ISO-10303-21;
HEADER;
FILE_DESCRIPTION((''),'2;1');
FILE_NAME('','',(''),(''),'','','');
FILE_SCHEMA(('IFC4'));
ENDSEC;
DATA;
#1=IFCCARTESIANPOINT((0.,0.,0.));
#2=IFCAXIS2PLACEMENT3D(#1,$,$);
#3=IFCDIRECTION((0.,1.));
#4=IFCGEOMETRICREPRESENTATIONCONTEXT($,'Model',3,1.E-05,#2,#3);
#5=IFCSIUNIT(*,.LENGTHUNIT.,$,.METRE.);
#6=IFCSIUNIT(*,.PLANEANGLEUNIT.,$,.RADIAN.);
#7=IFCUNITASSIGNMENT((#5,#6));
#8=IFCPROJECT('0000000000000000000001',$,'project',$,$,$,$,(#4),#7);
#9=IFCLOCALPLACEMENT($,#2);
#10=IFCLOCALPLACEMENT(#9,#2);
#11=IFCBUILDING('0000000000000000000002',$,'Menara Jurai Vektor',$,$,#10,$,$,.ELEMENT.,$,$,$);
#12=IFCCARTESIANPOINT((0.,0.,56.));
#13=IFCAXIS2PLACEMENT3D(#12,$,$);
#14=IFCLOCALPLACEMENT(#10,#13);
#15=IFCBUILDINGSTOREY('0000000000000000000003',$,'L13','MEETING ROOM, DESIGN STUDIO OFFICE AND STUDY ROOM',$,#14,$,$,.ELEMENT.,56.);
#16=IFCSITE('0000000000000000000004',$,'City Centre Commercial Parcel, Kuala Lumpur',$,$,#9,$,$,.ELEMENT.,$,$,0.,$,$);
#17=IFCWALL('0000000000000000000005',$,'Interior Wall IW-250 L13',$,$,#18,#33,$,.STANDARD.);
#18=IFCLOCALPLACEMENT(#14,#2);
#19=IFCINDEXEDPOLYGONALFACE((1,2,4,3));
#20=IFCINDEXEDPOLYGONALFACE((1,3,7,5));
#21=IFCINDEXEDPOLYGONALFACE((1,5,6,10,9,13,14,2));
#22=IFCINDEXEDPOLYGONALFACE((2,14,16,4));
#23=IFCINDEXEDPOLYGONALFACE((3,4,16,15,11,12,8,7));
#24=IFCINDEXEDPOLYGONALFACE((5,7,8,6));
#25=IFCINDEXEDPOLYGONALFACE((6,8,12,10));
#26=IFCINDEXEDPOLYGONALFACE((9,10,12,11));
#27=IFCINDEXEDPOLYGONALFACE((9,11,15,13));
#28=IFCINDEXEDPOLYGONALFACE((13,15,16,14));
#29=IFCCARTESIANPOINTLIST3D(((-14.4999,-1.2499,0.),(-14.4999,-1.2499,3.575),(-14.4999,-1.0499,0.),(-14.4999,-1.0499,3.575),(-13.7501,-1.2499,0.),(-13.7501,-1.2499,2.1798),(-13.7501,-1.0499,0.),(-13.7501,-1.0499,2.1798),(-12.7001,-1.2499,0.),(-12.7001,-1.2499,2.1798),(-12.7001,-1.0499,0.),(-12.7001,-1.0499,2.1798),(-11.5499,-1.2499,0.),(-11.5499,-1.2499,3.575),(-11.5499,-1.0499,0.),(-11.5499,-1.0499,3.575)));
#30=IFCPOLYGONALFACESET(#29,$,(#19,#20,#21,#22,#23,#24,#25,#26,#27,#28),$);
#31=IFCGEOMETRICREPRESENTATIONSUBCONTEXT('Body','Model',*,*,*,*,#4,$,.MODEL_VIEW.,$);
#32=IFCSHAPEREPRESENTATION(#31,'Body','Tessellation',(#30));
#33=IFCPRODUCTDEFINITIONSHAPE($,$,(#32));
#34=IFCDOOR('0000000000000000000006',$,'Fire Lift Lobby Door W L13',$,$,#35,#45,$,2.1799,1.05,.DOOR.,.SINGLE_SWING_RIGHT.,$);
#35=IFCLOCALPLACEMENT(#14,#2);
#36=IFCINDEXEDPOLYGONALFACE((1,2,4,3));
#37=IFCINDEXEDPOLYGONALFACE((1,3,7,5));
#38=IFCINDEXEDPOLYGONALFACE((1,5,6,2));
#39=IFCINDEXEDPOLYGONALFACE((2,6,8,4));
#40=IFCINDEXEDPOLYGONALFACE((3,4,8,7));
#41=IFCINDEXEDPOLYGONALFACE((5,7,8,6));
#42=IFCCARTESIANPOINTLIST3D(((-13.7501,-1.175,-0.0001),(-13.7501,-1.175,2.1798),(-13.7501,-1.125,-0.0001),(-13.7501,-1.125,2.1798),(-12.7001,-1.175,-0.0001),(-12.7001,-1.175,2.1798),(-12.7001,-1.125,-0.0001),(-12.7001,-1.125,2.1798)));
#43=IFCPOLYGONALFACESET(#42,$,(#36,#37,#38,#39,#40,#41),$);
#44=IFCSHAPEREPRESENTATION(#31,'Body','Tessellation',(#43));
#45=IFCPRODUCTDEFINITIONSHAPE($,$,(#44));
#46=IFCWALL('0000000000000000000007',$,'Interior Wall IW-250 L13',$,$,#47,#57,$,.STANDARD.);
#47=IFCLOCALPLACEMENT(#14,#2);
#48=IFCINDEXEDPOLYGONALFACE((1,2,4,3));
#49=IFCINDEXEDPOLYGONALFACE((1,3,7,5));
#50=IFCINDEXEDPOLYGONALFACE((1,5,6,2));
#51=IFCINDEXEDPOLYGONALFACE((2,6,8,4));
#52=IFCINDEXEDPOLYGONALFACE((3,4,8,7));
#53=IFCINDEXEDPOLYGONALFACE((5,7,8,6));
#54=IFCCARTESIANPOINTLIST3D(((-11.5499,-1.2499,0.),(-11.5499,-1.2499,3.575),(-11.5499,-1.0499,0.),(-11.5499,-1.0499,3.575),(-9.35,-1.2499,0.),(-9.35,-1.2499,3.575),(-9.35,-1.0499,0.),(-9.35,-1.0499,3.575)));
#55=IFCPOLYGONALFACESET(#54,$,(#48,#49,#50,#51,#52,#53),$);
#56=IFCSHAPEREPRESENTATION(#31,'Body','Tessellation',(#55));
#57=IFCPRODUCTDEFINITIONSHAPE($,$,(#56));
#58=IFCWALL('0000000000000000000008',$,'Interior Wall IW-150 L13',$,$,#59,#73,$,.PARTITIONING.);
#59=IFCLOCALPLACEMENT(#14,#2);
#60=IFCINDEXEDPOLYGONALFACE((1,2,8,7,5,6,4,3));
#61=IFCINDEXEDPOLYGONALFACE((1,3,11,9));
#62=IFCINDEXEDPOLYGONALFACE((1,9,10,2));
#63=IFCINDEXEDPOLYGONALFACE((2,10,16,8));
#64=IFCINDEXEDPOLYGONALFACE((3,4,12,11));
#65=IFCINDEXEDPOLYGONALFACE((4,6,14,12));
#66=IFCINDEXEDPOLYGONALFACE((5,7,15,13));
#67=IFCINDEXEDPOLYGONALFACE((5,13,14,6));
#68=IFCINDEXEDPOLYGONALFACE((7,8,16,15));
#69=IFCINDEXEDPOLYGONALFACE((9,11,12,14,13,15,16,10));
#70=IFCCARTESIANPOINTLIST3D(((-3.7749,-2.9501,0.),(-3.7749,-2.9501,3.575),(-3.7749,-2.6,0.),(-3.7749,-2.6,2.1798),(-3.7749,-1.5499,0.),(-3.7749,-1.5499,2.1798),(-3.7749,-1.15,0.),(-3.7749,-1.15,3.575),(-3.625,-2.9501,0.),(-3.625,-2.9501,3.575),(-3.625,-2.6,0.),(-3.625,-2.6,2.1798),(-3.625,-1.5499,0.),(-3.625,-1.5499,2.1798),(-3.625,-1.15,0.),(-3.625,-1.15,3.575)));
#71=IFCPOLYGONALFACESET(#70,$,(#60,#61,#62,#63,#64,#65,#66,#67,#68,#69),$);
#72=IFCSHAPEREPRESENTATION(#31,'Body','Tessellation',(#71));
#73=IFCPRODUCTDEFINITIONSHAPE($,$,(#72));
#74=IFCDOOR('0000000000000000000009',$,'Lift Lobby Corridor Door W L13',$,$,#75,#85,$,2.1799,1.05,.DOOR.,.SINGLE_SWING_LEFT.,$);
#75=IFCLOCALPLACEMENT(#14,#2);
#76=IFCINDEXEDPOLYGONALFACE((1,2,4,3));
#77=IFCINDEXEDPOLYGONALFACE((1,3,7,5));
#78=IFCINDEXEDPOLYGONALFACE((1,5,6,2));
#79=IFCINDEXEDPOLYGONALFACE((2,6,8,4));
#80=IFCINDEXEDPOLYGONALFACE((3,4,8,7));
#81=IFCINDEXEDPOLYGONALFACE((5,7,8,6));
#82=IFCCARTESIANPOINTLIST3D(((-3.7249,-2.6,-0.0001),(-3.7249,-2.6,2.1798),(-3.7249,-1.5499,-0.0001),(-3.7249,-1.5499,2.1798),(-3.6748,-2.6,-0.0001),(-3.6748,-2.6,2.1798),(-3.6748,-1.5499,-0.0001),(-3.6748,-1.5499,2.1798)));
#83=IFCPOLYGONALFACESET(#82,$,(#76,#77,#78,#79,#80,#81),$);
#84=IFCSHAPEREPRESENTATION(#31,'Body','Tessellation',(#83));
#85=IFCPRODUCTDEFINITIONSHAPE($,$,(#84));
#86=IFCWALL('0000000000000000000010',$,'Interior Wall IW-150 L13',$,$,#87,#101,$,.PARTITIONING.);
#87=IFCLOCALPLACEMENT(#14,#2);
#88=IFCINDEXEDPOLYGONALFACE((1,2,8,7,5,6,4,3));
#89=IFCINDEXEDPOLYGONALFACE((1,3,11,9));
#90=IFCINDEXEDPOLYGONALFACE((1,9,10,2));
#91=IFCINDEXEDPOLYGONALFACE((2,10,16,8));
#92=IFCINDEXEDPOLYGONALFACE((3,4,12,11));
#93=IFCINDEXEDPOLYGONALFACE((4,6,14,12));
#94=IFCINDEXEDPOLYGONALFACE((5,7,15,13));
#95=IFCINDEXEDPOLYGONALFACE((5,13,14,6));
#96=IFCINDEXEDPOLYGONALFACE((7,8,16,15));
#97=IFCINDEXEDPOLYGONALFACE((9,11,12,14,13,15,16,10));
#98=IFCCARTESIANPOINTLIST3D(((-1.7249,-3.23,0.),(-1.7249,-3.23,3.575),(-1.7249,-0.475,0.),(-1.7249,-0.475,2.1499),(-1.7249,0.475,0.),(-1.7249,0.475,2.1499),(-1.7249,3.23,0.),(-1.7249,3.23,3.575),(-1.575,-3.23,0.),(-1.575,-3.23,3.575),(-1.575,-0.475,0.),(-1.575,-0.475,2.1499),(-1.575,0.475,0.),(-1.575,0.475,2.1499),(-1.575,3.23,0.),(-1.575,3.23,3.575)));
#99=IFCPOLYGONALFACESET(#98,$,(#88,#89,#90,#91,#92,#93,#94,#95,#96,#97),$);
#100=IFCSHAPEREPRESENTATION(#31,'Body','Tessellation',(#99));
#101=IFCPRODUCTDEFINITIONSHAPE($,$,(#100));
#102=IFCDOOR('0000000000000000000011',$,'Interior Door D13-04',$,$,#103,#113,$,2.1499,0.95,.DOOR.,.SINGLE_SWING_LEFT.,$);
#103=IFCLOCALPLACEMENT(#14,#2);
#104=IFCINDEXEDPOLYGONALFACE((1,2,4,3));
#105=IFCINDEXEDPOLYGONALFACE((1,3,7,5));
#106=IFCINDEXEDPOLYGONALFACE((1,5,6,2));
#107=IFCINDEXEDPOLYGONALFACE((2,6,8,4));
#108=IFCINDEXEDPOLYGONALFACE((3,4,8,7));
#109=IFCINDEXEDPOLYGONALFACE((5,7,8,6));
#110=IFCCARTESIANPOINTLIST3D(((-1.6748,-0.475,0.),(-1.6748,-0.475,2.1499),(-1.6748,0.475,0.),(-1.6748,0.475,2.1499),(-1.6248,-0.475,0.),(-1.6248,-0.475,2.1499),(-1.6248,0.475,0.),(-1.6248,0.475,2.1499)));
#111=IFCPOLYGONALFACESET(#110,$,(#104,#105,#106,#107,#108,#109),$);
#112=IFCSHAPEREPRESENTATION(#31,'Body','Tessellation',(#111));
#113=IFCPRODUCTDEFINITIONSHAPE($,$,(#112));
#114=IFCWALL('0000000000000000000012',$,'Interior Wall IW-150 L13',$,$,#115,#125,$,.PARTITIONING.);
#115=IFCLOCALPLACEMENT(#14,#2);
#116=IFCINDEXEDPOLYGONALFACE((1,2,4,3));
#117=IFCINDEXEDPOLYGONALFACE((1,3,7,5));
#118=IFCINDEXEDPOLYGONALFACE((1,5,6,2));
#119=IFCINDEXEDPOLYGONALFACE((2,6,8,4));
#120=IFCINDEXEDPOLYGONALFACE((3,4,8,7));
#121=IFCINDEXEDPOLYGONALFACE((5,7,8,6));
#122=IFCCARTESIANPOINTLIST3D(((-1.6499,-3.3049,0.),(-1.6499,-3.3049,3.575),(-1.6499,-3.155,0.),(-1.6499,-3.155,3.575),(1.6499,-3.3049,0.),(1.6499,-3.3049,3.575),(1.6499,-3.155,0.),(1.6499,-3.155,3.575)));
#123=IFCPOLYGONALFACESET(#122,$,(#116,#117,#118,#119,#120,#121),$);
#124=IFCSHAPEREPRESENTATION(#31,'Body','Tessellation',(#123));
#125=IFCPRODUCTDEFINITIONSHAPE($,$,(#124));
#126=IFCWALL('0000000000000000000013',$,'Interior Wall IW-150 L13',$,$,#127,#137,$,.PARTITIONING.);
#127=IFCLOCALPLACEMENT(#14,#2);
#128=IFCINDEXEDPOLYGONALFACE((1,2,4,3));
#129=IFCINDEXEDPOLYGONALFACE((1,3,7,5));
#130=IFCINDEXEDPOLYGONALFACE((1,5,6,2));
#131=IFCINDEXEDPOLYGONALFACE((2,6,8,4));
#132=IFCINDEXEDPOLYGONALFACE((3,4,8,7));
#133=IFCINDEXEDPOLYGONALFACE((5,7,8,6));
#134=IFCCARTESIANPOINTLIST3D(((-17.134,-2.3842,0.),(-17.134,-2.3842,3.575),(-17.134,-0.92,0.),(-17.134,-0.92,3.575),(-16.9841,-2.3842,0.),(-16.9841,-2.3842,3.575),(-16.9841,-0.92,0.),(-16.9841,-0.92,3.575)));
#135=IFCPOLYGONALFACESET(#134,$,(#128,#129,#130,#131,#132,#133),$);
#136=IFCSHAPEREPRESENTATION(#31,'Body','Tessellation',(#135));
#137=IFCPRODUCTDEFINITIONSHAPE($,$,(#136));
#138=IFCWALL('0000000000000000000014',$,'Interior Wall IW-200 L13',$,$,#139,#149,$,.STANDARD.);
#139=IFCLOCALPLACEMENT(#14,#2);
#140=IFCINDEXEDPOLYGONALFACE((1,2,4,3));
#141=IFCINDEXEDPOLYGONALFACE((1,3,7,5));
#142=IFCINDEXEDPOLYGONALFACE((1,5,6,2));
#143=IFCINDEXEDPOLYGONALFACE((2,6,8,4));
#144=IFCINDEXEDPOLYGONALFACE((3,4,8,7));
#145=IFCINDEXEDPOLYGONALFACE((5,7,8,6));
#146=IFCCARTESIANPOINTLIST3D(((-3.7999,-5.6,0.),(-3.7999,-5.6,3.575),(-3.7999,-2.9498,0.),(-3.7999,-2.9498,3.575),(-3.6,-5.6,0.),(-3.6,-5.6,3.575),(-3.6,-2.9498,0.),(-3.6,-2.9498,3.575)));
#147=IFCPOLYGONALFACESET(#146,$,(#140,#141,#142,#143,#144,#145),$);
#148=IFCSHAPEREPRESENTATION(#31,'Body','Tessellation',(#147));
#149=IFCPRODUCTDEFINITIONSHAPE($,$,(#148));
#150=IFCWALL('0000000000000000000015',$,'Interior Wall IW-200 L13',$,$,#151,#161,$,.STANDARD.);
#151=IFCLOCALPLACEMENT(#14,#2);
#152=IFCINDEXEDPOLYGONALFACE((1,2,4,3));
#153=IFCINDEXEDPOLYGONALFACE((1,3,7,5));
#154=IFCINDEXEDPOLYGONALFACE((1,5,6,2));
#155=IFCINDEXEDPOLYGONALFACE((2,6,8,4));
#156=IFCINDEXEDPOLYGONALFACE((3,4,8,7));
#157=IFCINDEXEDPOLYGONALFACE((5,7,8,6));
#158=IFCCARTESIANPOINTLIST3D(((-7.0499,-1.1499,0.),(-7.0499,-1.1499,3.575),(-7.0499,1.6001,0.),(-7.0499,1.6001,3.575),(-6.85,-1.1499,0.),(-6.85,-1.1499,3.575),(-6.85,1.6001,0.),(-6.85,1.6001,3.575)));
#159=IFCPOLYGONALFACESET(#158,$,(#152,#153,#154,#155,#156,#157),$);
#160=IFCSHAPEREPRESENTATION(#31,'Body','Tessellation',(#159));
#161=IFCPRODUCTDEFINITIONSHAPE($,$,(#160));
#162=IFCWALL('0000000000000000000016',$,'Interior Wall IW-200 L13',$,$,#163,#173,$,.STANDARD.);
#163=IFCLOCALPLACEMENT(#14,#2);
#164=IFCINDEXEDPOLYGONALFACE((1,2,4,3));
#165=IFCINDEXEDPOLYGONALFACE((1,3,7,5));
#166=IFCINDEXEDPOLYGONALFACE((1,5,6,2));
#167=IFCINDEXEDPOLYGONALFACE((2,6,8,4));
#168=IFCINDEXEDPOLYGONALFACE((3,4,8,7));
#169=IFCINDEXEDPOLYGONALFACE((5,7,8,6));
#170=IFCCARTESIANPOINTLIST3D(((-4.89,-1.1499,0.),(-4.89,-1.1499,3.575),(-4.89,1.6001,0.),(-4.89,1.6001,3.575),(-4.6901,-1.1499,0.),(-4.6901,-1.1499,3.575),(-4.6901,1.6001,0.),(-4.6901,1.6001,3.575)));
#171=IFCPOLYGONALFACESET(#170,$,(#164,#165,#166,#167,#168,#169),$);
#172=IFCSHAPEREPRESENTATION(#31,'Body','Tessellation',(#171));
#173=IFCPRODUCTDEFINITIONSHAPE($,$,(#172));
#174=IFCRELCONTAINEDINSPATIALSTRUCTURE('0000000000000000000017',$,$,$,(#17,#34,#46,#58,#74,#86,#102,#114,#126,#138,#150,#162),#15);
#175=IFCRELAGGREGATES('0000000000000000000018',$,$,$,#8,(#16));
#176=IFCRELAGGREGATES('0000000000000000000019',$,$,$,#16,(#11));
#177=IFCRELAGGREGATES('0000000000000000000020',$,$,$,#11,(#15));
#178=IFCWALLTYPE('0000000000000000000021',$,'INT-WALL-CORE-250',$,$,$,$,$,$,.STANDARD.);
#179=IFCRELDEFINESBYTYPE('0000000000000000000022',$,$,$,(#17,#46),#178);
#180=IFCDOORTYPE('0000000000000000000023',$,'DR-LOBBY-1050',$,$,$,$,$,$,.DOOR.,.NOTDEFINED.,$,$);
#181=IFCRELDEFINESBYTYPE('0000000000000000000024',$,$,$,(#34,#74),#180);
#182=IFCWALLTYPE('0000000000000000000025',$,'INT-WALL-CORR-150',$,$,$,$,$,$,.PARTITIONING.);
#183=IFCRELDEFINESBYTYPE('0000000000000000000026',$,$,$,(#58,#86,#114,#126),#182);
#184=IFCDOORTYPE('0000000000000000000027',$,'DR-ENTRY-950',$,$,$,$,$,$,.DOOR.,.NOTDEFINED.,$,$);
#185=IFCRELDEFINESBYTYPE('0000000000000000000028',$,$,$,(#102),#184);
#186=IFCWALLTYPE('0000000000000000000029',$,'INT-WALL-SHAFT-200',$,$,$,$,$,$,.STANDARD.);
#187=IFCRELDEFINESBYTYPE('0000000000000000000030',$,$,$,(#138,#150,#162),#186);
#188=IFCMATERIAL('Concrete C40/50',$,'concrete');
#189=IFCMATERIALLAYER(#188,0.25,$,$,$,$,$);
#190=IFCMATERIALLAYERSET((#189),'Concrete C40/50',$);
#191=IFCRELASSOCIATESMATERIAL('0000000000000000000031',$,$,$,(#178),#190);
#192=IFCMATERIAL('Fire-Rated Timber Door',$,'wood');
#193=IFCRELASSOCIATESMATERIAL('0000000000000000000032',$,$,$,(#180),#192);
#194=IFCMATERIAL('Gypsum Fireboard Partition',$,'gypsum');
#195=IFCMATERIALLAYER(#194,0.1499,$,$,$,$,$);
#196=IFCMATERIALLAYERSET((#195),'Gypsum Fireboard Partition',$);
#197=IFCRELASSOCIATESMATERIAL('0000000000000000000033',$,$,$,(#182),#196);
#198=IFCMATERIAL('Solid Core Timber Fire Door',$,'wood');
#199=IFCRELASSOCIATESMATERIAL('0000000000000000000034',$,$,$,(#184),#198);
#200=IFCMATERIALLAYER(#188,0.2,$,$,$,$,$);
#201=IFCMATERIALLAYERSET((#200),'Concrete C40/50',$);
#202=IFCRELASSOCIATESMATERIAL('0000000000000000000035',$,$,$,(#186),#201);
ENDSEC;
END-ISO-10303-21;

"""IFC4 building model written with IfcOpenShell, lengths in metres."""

from ifc_helpers import new_model, si_unit, direction, frame, frame_2d, origin, place, context, subcontext, project, spatial, rectangle, extrude, material, layer, layer_set, type_object, element, fill, save


model = new_model("IFC4")

# Units and contexts
model_context = context("Model", 3, precision=1e-05, world=origin(), true_north=direction((0.0, 1.0)))
body_context = subcontext(model_context, "Body", "Model", "MODEL_VIEW")
ifc_project = project(units=[si_unit("LENGTHUNIT", "METRE"), si_unit("PLANEANGLEUNIT", "RADIAN")], contexts=[model_context])

# Site, building, storey
site_placement = place(None, origin())
site = spatial("IfcSite", under=ifc_project, at=site_placement, Name="City Centre Commercial Parcel, Kuala Lumpur", CompositionType="ELEMENT", RefElevation=0.0)
building_placement = place(site_placement, origin())
building = spatial("IfcBuilding", under=site, at=building_placement, Name="Menara Jurai Vektor", CompositionType="ELEMENT")
storey_placement = place(building_placement, frame((0.0, 0.0, 56.0)))
storey = spatial("IfcBuildingStorey", under=building, at=storey_placement, Name="L13", Description="MEETING ROOM, DESIGN STUDIO OFFICE AND STUDY ROOM", CompositionType="ELEMENT", Elevation=56.0)

# Shared definitions
ifc_material_1 = material(Name="Concrete C40/50", Category="concrete")
ifc_layer_1 = layer(ifc_material_1, 0.25)
ifc_layer_set_1 = layer_set([ifc_layer_1], Name="Concrete C40/50")
wall_type_1 = type_object("IfcWallType", Name="INT-WALL-CORE-250", PredefinedType="STANDARD", material=ifc_layer_set_1)

# Wall, opening, door
wall_1_placement = place(storey_placement, frame((-14.5, -1.1499, 0.0), z_axis=(0.0, 0.0, 1.0), x_axis=(1.0, 0.0, 0.0)))
wall_1 = element("IfcWall", 1, at=wall_1_placement, inside=storey, type_object=wall_type_1, Name="Interior Wall IW-250 L13", PredefinedType="STANDARD", context=body_context, shape_type="SweptSolid", body=[
    extrude(rectangle(XDim=2.95, YDim=0.2, at=frame_2d((1.4751, 0.0))), origin(), (0.0, 0.0, 1.0), 3.575),
])
opening_1_placement = place(wall_1_placement, frame((0.75, 0.0, 0.0)))
opening_1 = element("IfcOpeningElement", 2, at=opening_1_placement, cuts=wall_1, PredefinedType="OPENING", context=body_context, shape_type="SweptSolid", body=[
    extrude(rectangle(XDim=1.05, YDim=2.1799, at=frame_2d((0.5249, 1.0898))), frame((0.0, 0.1099, 0.0), z_axis=(0.0, -1.0, 0.0), x_axis=(1.0, 0.0, 0.0)), (0.0, 0.0, 1.0), 0.22),
])
ifc_material_2 = material(Name="Fire-Rated Timber Door", Category="wood")
door_type_1 = type_object("IfcDoorType", Name="DR-LOBBY-1050", OperationType="NOTDEFINED", PredefinedType="DOOR", material=ifc_material_2)
door_1_placement = place(opening_1_placement, origin())
door_1 = element("IfcDoor", 3, at=door_1_placement, inside=storey, type_object=door_type_1, Name="Fire Lift Lobby Door W L13", OperationType="SINGLE_SWING_RIGHT", OverallHeight=2.1799, OverallWidth=1.05, PredefinedType="DOOR", context=body_context, shape_type="SweptSolid", body=[
    extrude(rectangle(XDim=1.05, YDim=2.1799, at=frame_2d((0.5249, 1.0898))), frame((0.0, 0.0249, 0.0), z_axis=(0.0, -1.0, 0.0), x_axis=(1.0, 0.0, 0.0)), (0.0, 0.0, 1.0), 0.05),
])
fill(opening_1, door_1)

# Wall
wall_2_placement = place(storey_placement, frame((-11.55, -1.1499, 0.0), z_axis=(0.0, 0.0, 1.0), x_axis=(1.0, 0.0, 0.0)))
element("IfcWall", 4, at=wall_2_placement, inside=storey, type_object=wall_type_1, Name="Interior Wall IW-250 L13", PredefinedType="STANDARD", context=body_context, shape_type="SweptSolid", body=[
    extrude(rectangle(XDim=2.2, YDim=0.2, at=frame_2d((1.1001, 0.0))), origin(), (0.0, 0.0, 1.0), 3.575),
])

# Walls, openings, doors
ifc_material_3 = material(Name="Gypsum Fireboard Partition", Category="gypsum")
ifc_layer_2 = layer(ifc_material_3, 0.1499)
ifc_layer_set_2 = layer_set([ifc_layer_2], Name="Gypsum Fireboard Partition")
wall_type_2 = type_object("IfcWallType", Name="INT-WALL-CORR-150", PredefinedType="PARTITIONING", material=ifc_layer_set_2)
wall_3_placement = place(storey_placement, frame((-3.7, -2.95, 0.0), z_axis=(0.0, 0.0, 1.0), x_axis=(0.0, 1.0, 0.0)))
wall_3 = element("IfcWall", 5, at=wall_3_placement, inside=storey, type_object=wall_type_2, Name="Interior Wall IW-150 L13", PredefinedType="PARTITIONING", context=body_context, shape_type="SweptSolid", body=[
    extrude(rectangle(XDim=1.8, YDim=0.1499, at=frame_2d((0.8999, 0.0))), origin(), (0.0, 0.0, 1.0), 3.575),
])
opening_2_placement = place(wall_3_placement, frame((0.3501, 0.0, 0.0)))
opening_2 = element("IfcOpeningElement", 6, at=opening_2_placement, cuts=wall_3, PredefinedType="OPENING", context=body_context, shape_type="SweptSolid", body=[
    extrude(rectangle(XDim=1.05, YDim=2.1799, at=frame_2d((0.5249, 1.0898))), frame((0.0, 0.085, 0.0), z_axis=(0.0, -1.0, 0.0), x_axis=(1.0, 0.0, 0.0)), (0.0, 0.0, 1.0), 0.1699),
])
door_2_placement = place(opening_2_placement, origin())
door_2 = element("IfcDoor", 7, at=door_2_placement, inside=storey, type_object=door_type_1, Name="Lift Lobby Corridor Door W L13", OperationType="SINGLE_SWING_LEFT", OverallHeight=2.1799, OverallWidth=1.05, PredefinedType="DOOR", context=body_context, shape_type="SweptSolid", body=[
    extrude(rectangle(XDim=1.05, YDim=2.1799, at=frame_2d((0.5249, 1.0898))), frame((0.0, 0.0249, 0.0), z_axis=(0.0, -1.0, 0.0), x_axis=(1.0, 0.0, 0.0)), (0.0, 0.0, 1.0), 0.05),
])
fill(opening_2, door_2)
wall_4_placement = place(storey_placement, frame((-1.6499, -3.23, 0.0), z_axis=(0.0, 0.0, 1.0), x_axis=(0.0, 1.0, 0.0)))
wall_4 = element("IfcWall", 8, at=wall_4_placement, inside=storey, type_object=wall_type_2, Name="Interior Wall IW-150 L13", PredefinedType="PARTITIONING", context=body_context, shape_type="SweptSolid", body=[
    extrude(rectangle(XDim=6.46, YDim=0.1499, at=frame_2d((3.23, 0.0))), origin(), (0.0, 0.0, 1.0), 3.575),
])
opening_3_placement = place(wall_4_placement, frame((2.7549, 0.0, 0.0)))
opening_3 = element("IfcOpeningElement", 9, at=opening_3_placement, cuts=wall_4, PredefinedType="OPENING", context=body_context, shape_type="SweptSolid", body=[
    extrude(rectangle(XDim=0.95, YDim=2.1499, at=frame_2d((0.4751, 1.075))), frame((0.0, 0.085, 0.0), z_axis=(0.0, -1.0, 0.0), x_axis=(1.0, 0.0, 0.0)), (0.0, 0.0, 1.0), 0.1699),
])
ifc_material_4 = material(Name="Solid Core Timber Fire Door", Category="wood")
door_type_2 = type_object("IfcDoorType", Name="DR-ENTRY-950", OperationType="NOTDEFINED", PredefinedType="DOOR", material=ifc_material_4)
door_3_placement = place(opening_3_placement, origin())
door_3 = element("IfcDoor", 10, at=door_3_placement, inside=storey, type_object=door_type_2, Name="Interior Door D13-04", OperationType="SINGLE_SWING_LEFT", OverallHeight=2.1499, OverallWidth=0.95, PredefinedType="DOOR", context=body_context, shape_type="SweptSolid", body=[
    extrude(rectangle(XDim=0.95, YDim=2.1499, at=frame_2d((0.4751, 1.075))), frame((0.0, 0.0249, 0.0), z_axis=(0.0, -1.0, 0.0), x_axis=(1.0, 0.0, 0.0)), (0.0, 0.0, 1.0), 0.05),
])
fill(opening_3, door_3)

# Walls
wall_5_placement = place(storey_placement, frame((-1.6499, -3.23, 0.0), z_axis=(0.0, 0.0, 1.0), x_axis=(1.0, 0.0, 0.0)))
element("IfcWall", 11, at=wall_5_placement, inside=storey, type_object=wall_type_2, Name="Interior Wall IW-150 L13", PredefinedType="PARTITIONING", context=body_context, shape_type="SweptSolid", body=[
    extrude(rectangle(XDim=3.2998, YDim=0.1499, at=frame_2d((1.6499, 0.0))), origin(), (0.0, 0.0, 1.0), 3.575),
])
wall_6_placement = place(storey_placement, frame((-17.0591, -2.384, 0.0), z_axis=(0.0, 0.0, 1.0), x_axis=(0.0, 1.0, 0.0)))
element("IfcWall", 12, at=wall_6_placement, inside=storey, type_object=wall_type_2, Name="Interior Wall IW-150 L13", PredefinedType="PARTITIONING", context=body_context, shape_type="SweptSolid", body=[
    extrude(rectangle(XDim=1.4641, YDim=0.1499, at=frame_2d((0.7319, 0.0))), origin(), (0.0, 0.0, 1.0), 3.575),
])
ifc_layer_3 = layer(ifc_material_1, 0.2)
ifc_layer_set_3 = layer_set([ifc_layer_3], Name="Concrete C40/50")
wall_type_3 = type_object("IfcWallType", Name="INT-WALL-SHAFT-200", PredefinedType="STANDARD", material=ifc_layer_set_3)
wall_7_placement = place(storey_placement, frame((-3.7, -5.6001, 0.0), z_axis=(0.0, 0.0, 1.0), x_axis=(0.0, 1.0, 0.0)))
element("IfcWall", 13, at=wall_7_placement, inside=storey, type_object=wall_type_3, Name="Interior Wall IW-200 L13", PredefinedType="STANDARD", context=body_context, shape_type="SweptSolid", body=[
    extrude(rectangle(XDim=2.6501, YDim=0.2, at=frame_2d((1.3252, 0.0))), origin(), (0.0, 0.0, 1.0), 3.575),
])
wall_8_placement = place(storey_placement, frame((-6.95, -1.1499, 0.0), z_axis=(0.0, 0.0, 1.0), x_axis=(0.0, 1.0, 0.0)))
element("IfcWall", 14, at=wall_8_placement, inside=storey, type_object=wall_type_3, Name="Interior Wall IW-200 L13", PredefinedType="STANDARD", context=body_context, shape_type="SweptSolid", body=[
    extrude(rectangle(XDim=2.75, YDim=0.2, at=frame_2d((1.375, 0.0))), origin(), (0.0, 0.0, 1.0), 3.575),
])

# Wall
wall_9_placement = place(storey_placement, frame((-4.79, -1.1499, 0.0), z_axis=(0.0, 0.0, 1.0), x_axis=(0.0, 1.0, 0.0)))
element("IfcWall", 15, at=wall_9_placement, inside=storey, type_object=wall_type_3, Name="Interior Wall IW-200 L13", PredefinedType="STANDARD", context=body_context, shape_type="SweptSolid", body=[
    extrude(rectangle(XDim=2.75, YDim=0.2, at=frame_2d((1.375, 0.0))), origin(), (0.0, 0.0, 1.0), 3.575),
])

save(model, "model.ifc")
